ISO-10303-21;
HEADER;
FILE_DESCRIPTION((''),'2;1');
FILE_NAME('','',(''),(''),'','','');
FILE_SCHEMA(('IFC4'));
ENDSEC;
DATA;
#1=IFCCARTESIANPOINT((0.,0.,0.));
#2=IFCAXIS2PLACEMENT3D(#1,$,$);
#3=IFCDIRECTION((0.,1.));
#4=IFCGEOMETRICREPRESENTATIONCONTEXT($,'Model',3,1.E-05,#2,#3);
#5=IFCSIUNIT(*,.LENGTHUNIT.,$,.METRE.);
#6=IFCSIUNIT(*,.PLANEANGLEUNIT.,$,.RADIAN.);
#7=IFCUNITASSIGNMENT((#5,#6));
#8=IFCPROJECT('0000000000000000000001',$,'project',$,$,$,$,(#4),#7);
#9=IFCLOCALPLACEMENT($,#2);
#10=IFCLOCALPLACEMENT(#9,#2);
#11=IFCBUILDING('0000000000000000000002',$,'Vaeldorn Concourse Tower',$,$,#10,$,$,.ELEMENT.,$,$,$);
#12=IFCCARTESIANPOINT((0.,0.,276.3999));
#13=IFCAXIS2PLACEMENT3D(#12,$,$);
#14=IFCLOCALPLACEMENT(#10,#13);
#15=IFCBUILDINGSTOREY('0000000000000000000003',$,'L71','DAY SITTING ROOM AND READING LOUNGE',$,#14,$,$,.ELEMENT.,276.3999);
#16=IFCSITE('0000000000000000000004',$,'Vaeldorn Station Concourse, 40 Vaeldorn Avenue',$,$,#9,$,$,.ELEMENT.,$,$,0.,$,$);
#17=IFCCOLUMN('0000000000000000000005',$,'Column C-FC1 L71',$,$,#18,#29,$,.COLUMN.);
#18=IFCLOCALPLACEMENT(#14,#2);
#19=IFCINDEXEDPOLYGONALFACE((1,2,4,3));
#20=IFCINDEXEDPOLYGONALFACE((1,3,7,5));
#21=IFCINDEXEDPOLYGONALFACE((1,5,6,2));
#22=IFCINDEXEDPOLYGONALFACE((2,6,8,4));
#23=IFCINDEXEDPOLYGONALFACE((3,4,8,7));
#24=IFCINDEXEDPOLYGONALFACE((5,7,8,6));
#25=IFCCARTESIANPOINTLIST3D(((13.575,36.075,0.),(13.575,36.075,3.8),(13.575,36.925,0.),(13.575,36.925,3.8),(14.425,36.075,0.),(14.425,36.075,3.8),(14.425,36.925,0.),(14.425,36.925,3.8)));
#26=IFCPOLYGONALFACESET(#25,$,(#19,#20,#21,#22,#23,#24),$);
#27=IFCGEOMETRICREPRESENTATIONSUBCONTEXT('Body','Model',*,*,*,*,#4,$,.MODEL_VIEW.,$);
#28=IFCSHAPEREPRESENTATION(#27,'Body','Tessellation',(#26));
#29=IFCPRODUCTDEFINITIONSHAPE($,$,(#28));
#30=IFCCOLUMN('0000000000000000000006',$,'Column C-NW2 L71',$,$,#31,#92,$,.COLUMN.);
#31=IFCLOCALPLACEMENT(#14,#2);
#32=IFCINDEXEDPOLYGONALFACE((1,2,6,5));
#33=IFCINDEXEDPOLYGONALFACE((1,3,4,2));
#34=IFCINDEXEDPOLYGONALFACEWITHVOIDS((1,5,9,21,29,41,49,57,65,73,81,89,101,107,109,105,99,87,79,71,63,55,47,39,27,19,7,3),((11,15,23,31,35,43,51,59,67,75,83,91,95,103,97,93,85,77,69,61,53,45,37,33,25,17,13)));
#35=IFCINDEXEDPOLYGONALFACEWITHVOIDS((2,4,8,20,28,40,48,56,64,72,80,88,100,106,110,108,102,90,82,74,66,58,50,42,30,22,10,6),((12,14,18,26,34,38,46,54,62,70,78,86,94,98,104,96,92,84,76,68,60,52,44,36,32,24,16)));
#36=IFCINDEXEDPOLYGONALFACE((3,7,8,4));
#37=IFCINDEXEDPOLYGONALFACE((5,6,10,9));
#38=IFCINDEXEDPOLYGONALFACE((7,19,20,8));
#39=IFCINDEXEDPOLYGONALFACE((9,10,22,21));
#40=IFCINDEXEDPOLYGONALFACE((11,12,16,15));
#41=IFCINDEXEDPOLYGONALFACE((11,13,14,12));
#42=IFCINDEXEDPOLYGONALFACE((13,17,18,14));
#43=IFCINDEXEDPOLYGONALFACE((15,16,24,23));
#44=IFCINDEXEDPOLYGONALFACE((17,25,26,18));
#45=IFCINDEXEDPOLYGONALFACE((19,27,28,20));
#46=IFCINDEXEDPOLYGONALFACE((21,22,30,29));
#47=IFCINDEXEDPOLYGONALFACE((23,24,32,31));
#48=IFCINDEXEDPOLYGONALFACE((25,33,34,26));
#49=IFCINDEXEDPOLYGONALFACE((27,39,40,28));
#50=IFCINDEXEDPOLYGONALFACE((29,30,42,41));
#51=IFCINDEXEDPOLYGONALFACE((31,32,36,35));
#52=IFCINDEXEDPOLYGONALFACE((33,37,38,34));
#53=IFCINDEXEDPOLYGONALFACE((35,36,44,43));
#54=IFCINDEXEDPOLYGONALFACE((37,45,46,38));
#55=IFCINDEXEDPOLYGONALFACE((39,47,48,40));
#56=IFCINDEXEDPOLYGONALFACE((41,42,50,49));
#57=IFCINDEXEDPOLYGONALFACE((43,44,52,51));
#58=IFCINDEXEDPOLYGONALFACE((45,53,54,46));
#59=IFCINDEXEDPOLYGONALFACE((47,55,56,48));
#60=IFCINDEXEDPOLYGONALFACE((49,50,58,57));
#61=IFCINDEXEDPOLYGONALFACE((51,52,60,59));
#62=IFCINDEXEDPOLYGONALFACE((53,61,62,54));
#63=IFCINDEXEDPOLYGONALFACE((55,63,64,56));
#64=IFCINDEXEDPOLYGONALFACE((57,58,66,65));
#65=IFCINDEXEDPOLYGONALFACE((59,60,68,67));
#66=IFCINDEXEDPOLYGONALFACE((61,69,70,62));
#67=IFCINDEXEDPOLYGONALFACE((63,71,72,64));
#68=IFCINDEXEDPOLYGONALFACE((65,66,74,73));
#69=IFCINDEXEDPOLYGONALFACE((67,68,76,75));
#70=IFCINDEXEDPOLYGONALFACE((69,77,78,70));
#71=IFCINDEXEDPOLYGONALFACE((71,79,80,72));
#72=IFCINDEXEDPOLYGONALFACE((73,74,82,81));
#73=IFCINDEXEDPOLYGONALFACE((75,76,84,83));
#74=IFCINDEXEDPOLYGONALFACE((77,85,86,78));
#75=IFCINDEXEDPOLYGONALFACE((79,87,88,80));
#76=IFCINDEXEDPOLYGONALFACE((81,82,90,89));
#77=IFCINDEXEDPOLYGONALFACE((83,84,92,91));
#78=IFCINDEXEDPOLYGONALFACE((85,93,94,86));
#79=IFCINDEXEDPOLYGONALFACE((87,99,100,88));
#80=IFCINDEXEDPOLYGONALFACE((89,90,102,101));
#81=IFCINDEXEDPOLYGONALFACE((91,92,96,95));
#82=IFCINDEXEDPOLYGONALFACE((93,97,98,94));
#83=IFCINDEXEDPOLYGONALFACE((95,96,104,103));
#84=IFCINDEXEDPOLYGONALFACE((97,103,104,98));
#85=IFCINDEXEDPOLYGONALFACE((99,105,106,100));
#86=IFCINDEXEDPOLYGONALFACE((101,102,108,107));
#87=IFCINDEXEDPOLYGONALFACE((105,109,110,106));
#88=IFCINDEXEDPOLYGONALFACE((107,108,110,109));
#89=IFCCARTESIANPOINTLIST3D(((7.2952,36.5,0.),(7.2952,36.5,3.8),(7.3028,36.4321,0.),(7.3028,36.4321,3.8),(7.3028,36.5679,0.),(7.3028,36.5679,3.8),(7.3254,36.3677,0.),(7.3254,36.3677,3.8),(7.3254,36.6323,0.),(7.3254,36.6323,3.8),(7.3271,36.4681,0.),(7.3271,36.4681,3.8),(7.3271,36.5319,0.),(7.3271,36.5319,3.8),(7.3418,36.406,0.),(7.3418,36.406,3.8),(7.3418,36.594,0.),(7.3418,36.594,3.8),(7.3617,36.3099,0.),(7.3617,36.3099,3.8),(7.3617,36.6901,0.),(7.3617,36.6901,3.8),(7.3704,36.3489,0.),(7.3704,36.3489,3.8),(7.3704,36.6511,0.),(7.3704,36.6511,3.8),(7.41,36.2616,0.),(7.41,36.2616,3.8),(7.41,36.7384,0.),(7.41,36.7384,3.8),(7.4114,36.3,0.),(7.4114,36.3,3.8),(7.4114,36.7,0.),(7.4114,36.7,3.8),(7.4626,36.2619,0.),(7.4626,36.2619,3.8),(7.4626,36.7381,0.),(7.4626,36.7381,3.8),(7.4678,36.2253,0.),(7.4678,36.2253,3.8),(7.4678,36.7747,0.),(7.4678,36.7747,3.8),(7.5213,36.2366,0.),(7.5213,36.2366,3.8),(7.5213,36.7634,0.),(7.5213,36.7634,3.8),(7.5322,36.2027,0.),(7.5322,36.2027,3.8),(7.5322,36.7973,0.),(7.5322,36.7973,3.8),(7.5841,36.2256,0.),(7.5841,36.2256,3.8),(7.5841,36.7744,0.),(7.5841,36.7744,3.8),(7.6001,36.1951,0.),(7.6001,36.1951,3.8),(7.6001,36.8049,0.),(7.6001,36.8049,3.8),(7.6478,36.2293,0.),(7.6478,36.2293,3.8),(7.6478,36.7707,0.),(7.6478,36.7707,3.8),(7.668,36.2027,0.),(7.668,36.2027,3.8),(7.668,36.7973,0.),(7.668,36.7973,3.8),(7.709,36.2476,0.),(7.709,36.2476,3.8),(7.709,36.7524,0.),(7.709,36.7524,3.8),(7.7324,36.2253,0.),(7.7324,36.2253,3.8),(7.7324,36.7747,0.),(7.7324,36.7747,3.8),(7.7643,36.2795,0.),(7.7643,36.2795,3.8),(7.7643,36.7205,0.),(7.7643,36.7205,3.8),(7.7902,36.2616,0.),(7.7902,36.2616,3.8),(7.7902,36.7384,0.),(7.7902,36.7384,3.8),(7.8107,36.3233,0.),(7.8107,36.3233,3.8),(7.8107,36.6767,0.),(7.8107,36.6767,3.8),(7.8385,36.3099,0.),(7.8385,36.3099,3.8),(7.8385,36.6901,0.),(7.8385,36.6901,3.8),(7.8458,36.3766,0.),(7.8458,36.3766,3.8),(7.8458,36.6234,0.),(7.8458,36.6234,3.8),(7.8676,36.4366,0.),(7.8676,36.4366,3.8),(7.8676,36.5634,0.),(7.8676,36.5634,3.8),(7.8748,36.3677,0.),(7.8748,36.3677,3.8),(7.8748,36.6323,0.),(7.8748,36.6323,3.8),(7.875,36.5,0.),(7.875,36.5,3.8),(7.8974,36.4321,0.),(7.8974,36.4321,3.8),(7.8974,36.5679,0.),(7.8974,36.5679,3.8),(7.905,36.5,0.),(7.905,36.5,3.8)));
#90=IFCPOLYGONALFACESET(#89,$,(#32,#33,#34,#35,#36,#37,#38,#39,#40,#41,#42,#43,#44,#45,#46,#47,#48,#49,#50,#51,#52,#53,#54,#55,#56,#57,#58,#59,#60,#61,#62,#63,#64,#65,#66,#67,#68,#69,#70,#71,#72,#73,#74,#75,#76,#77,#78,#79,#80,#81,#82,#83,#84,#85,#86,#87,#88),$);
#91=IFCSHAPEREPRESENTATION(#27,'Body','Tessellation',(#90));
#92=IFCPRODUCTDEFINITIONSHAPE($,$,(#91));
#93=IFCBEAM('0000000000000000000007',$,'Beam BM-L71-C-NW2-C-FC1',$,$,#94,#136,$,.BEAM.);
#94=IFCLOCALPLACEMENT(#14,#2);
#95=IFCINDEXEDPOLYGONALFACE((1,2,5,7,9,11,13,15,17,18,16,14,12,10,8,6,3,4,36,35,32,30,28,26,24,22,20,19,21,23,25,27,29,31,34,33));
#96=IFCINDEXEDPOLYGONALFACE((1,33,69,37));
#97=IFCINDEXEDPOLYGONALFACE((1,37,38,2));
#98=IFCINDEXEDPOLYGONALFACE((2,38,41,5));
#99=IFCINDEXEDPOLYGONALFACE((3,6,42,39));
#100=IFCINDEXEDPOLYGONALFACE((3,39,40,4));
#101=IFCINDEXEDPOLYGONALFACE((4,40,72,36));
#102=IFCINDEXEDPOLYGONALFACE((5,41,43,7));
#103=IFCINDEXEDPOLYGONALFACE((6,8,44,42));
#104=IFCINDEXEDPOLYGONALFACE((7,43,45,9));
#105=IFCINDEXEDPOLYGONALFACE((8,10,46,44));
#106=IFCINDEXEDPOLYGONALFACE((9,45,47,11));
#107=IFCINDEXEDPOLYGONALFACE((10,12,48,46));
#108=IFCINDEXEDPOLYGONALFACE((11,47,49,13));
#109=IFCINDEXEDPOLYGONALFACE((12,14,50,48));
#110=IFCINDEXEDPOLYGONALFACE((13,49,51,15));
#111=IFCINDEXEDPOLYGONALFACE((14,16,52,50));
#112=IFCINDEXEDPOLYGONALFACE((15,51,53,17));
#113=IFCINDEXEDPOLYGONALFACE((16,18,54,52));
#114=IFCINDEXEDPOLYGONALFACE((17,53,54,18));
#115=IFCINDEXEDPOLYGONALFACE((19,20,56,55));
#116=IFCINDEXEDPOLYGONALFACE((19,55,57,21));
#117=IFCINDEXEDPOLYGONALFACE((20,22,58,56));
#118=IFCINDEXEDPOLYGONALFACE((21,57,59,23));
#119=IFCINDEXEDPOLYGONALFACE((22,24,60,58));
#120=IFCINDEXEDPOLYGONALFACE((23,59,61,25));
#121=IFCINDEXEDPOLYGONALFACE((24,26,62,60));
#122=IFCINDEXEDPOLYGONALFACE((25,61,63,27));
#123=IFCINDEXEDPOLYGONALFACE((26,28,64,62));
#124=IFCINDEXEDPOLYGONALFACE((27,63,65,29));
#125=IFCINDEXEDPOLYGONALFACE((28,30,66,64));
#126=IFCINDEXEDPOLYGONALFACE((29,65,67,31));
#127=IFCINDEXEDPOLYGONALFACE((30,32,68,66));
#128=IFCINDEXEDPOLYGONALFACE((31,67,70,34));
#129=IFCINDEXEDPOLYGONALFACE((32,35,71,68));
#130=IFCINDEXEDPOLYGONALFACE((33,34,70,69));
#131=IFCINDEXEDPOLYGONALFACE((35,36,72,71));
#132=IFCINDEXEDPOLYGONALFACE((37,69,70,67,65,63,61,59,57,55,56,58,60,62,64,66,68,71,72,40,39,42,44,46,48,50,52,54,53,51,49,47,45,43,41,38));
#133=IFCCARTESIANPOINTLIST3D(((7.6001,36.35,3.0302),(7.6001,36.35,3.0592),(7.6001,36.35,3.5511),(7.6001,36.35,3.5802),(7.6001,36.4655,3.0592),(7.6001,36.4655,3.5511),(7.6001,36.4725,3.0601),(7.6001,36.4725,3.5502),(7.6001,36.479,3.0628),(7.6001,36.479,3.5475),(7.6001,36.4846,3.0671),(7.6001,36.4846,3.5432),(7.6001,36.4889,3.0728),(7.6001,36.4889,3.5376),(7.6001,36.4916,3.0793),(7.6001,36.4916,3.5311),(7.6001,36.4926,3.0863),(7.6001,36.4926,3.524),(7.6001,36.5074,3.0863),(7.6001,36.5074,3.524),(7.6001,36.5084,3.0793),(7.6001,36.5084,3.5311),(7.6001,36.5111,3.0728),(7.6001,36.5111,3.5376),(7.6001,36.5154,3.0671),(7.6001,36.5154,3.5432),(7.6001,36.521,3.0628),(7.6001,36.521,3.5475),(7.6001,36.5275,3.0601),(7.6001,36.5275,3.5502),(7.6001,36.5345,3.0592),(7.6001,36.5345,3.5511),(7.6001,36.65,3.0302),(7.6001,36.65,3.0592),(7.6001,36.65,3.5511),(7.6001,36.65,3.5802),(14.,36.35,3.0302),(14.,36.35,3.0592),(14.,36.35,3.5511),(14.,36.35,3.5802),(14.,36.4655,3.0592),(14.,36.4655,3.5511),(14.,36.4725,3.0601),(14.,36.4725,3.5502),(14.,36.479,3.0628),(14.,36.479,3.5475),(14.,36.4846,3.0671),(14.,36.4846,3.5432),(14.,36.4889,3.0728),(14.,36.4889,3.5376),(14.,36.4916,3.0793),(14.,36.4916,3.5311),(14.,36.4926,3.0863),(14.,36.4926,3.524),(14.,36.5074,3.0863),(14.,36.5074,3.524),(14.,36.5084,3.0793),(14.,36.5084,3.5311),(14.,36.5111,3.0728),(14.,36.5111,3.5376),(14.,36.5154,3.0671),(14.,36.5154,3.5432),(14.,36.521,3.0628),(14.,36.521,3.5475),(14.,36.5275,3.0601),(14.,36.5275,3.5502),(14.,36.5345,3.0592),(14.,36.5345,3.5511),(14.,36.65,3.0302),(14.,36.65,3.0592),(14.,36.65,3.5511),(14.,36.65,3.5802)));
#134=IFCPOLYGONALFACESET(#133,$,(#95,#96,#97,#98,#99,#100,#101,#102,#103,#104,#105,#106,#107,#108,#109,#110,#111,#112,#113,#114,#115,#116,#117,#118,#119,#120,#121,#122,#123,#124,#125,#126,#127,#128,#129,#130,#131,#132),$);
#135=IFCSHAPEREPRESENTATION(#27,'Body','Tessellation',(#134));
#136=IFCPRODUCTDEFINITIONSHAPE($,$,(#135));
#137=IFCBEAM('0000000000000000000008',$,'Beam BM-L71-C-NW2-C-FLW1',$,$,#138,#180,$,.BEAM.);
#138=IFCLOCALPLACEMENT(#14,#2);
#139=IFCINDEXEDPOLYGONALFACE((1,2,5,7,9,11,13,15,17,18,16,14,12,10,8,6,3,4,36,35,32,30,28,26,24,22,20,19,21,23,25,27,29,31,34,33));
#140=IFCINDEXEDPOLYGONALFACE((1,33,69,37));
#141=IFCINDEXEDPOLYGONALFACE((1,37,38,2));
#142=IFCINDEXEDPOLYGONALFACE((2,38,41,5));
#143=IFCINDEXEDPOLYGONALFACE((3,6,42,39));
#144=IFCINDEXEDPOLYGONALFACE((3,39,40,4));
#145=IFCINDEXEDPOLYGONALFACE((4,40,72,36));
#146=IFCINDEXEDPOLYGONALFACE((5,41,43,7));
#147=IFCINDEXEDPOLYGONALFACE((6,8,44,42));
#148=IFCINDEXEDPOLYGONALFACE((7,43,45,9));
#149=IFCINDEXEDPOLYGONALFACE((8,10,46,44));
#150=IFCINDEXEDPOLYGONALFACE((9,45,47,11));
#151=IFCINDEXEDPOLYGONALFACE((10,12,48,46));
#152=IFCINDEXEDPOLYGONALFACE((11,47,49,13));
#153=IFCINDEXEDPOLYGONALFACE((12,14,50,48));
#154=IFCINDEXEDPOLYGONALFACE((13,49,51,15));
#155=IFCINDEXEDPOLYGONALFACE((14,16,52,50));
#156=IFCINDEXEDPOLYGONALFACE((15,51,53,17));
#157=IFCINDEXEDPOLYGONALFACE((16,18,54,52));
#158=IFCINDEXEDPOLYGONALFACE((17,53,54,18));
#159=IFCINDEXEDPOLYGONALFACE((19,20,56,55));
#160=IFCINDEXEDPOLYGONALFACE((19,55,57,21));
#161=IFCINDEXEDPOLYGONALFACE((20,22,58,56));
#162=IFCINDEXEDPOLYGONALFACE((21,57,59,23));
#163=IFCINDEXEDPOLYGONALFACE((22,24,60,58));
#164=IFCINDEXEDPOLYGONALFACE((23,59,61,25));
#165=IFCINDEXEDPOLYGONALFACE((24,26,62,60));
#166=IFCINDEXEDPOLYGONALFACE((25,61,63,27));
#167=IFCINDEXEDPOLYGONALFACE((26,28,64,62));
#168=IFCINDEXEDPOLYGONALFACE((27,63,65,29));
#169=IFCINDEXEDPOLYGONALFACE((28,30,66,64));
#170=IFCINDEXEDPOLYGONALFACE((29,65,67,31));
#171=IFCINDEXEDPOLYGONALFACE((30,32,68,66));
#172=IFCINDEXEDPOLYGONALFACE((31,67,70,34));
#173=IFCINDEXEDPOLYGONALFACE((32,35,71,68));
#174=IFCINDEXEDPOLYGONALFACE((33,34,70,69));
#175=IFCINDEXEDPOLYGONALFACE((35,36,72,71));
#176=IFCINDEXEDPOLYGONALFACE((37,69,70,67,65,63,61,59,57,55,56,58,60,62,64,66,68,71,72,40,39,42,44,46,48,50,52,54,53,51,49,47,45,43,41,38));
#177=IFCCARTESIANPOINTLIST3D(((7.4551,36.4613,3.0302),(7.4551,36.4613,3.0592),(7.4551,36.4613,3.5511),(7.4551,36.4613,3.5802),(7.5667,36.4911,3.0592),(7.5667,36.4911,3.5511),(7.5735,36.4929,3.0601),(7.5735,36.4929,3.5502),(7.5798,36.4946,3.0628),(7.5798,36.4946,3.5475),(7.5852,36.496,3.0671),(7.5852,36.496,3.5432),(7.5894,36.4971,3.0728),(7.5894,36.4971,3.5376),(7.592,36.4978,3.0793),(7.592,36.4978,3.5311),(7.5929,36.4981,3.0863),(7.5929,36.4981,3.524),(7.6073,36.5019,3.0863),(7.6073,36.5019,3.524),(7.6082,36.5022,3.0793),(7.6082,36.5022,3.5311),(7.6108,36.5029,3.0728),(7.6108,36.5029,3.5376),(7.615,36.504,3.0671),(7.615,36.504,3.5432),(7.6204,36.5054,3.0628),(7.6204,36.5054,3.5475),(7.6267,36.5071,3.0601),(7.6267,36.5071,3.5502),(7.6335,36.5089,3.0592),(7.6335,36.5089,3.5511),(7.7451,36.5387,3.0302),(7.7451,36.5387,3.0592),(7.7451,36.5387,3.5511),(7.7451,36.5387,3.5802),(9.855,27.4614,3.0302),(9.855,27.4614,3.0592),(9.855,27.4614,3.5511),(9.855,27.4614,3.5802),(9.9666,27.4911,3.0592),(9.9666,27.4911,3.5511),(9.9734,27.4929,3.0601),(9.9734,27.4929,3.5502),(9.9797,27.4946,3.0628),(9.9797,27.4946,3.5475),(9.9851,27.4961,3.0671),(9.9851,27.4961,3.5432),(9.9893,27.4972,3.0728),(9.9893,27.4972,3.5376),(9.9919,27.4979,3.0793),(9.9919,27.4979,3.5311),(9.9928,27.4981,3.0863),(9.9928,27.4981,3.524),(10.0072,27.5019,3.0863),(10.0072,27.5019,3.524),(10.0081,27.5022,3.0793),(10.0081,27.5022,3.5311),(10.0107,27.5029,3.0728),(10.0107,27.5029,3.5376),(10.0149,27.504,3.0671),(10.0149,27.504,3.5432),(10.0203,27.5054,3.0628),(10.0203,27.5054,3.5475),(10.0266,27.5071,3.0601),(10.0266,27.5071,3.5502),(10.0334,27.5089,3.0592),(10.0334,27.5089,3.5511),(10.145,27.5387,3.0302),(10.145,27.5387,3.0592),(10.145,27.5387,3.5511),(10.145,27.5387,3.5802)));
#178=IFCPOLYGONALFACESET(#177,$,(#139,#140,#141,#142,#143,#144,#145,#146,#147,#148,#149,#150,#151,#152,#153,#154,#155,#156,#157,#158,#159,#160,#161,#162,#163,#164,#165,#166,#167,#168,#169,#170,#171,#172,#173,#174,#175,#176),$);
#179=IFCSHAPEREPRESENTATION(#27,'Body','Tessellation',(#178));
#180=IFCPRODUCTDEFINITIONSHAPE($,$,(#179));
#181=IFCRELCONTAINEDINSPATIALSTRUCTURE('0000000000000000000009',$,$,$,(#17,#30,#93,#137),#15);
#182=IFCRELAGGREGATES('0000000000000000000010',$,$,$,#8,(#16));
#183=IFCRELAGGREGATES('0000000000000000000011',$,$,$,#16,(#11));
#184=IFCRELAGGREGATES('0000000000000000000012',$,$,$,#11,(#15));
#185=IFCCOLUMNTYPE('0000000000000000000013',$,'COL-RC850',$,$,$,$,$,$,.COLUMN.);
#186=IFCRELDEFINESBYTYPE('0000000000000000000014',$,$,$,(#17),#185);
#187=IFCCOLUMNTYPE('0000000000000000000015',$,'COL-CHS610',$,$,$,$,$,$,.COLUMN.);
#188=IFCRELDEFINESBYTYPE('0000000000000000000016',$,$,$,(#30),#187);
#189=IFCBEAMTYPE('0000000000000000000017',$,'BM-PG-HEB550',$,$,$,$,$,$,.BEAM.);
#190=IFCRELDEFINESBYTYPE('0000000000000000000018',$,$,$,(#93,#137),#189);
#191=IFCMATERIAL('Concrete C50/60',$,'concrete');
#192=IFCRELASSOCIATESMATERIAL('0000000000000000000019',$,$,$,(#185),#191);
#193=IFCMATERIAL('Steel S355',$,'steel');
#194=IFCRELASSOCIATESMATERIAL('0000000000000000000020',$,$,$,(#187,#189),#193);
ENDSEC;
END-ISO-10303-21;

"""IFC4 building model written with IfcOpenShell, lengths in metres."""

from ifc_helpers import new_model, si_unit, direction, frame, origin, origin_2d, place, context, subcontext, project, spatial, rectangle, hollow_circle, i_section, extrude, source, transform, mapped, material, material_profile, profile_set, type_object, element, save


model = new_model("IFC4")

# Units and contexts
model_context = context("Model", 3, precision=1e-05, world=origin(), true_north=direction((0.0, 1.0)))
body_context = subcontext(model_context, "Body", "Model", "MODEL_VIEW")
ifc_project = project(units=[si_unit("LENGTHUNIT", "METRE"), si_unit("PLANEANGLEUNIT", "RADIAN")], contexts=[model_context])

# Site, building, storey
site_placement = place(None, origin())
site = spatial("IfcSite", under=ifc_project, at=site_placement, Name="Vaeldorn Station Concourse, 40 Vaeldorn Avenue", CompositionType="ELEMENT", RefElevation=0.0)
building_placement = place(site_placement, origin())
building = spatial("IfcBuilding", under=site, at=building_placement, Name="Vaeldorn Concourse Tower", CompositionType="ELEMENT")
storey_placement = place(building_placement, frame((0.0, 0.0, 276.3999)))
storey = spatial("IfcBuildingStorey", under=building, at=storey_placement, Name="L71", Description="DAY SITTING ROOM AND READING LOUNGE", CompositionType="ELEMENT", Elevation=276.3999)

# Columns
ifc_material_1 = material(Name="Concrete C50/60", Category="concrete")
ifc_material_profile_1 = material_profile(ifc_material_1, rectangle(XDim=0.8501, YDim=0.8501, at=origin_2d()), Name="RC 850x850")
ifc_profile_set_1 = profile_set([ifc_material_profile_1], Name="Concrete C50/60")
column_type_1 = type_object("IfcColumnType", Name="COL-RC850", PredefinedType="COLUMN", material=ifc_profile_set_1)
shared_shape_1 = source(origin(), body_context, "Body", "SweptSolid", [
    extrude(rectangle(XDim=0.8501, YDim=0.8501, at=origin_2d()), origin(), (0.0, 0.0, 1.0), 3.8),
])
column_1_placement = place(storey_placement, frame((14.0, 36.5, 0.0), z_axis=(0.0, 0.0, 1.0), x_axis=(1.0, 0.0, 0.0)))
element("IfcColumn", 1, at=column_1_placement, inside=storey, type_object=column_type_1, Name="Column C-FC1 L71", PredefinedType="COLUMN", context=body_context, shape_type="MappedRepresentation", body=[
    mapped(shared_shape_1, transform((0.0, 0.0, 0.0), scale=1.0)),
])
ifc_material_2 = material(Name="Steel S355", Category="steel")
ifc_material_profile_2 = material_profile(ifc_material_2, hollow_circle(Radius=0.3049, WallThickness=0.03, at=origin_2d()), Name="CHS 610x30")
ifc_profile_set_2 = profile_set([ifc_material_profile_2], Name="Steel S355")
column_type_2 = type_object("IfcColumnType", Name="COL-CHS610", PredefinedType="COLUMN", material=ifc_profile_set_2)
shared_shape_2 = source(origin(), body_context, "Body", "SweptSolid", [
    extrude(hollow_circle(Radius=0.3049, WallThickness=0.03, at=origin_2d()), origin(), (0.0, 0.0, 1.0), 3.8),
])
column_2_placement = place(storey_placement, frame((7.6001, 36.5, 0.0), z_axis=(0.0, 0.0, 1.0), x_axis=(1.0, 0.0, 0.0)))
element("IfcColumn", 2, at=column_2_placement, inside=storey, type_object=column_type_2, Name="Column C-NW2 L71", PredefinedType="COLUMN", context=body_context, shape_type="MappedRepresentation", body=[
    mapped(shared_shape_2, transform((0.0, 0.0, 0.0), scale=1.0)),
])

# Beams
ifc_material_profile_3 = material_profile(ifc_material_2, i_section(OverallWidth=0.3, OverallDepth=0.55, WebThickness=0.0149, FlangeThickness=0.0291, FilletRadius=0.0271, at=origin_2d()), Name="HEB 550")
ifc_profile_set_3 = profile_set([ifc_material_profile_3], Name="Steel S355")
beam_type_1 = type_object("IfcBeamType", Name="BM-PG-HEB550", PredefinedType="BEAM", material=ifc_profile_set_3)
shared_shape_3 = source(origin(), body_context, "Body", "SweptSolid", [
    extrude(i_section(OverallWidth=0.3, OverallDepth=0.55, WebThickness=0.0149, FlangeThickness=0.0291, FilletRadius=0.0271, at=origin_2d()), origin(), (0.0, 0.0, 1.0), 6.3999),
])
beam_1_placement = place(storey_placement, frame((7.6001, 36.5, 3.3052), z_axis=(1.0, 0.0, 0.0), x_axis=(0.0, 1.0, 0.0)))
element("IfcBeam", 3, at=beam_1_placement, inside=storey, type_object=beam_type_1, Name="Beam BM-L71-C-NW2-C-FC1", PredefinedType="BEAM", context=body_context, shape_type="MappedRepresentation", body=[
    mapped(shared_shape_3, transform((0.0, 0.0, 0.0), scale=1.0)),
])
shared_shape_4 = source(origin(), body_context, "Body", "SweptSolid", [
    extrude(i_section(OverallWidth=0.3, OverallDepth=0.55, WebThickness=0.0149, FlangeThickness=0.0291, FilletRadius=0.0271, at=origin_2d()), origin(), (0.0, 0.0, 1.0), 9.3145),
])
beam_2_placement = place(storey_placement, frame((7.6001, 36.5, 3.3052), z_axis=(0.257653, -0.966238, 0.0), x_axis=(0.966238, 0.257653, 0.0)))
element("IfcBeam", 4, at=beam_2_placement, inside=storey, type_object=beam_type_1, Name="Beam BM-L71-C-NW2-C-FLW1", PredefinedType="BEAM", context=body_context, shape_type="MappedRepresentation", body=[
    mapped(shared_shape_4, transform((0.0, 0.0, 0.0), scale=1.0)),
])

save(model, "model.ifc")
